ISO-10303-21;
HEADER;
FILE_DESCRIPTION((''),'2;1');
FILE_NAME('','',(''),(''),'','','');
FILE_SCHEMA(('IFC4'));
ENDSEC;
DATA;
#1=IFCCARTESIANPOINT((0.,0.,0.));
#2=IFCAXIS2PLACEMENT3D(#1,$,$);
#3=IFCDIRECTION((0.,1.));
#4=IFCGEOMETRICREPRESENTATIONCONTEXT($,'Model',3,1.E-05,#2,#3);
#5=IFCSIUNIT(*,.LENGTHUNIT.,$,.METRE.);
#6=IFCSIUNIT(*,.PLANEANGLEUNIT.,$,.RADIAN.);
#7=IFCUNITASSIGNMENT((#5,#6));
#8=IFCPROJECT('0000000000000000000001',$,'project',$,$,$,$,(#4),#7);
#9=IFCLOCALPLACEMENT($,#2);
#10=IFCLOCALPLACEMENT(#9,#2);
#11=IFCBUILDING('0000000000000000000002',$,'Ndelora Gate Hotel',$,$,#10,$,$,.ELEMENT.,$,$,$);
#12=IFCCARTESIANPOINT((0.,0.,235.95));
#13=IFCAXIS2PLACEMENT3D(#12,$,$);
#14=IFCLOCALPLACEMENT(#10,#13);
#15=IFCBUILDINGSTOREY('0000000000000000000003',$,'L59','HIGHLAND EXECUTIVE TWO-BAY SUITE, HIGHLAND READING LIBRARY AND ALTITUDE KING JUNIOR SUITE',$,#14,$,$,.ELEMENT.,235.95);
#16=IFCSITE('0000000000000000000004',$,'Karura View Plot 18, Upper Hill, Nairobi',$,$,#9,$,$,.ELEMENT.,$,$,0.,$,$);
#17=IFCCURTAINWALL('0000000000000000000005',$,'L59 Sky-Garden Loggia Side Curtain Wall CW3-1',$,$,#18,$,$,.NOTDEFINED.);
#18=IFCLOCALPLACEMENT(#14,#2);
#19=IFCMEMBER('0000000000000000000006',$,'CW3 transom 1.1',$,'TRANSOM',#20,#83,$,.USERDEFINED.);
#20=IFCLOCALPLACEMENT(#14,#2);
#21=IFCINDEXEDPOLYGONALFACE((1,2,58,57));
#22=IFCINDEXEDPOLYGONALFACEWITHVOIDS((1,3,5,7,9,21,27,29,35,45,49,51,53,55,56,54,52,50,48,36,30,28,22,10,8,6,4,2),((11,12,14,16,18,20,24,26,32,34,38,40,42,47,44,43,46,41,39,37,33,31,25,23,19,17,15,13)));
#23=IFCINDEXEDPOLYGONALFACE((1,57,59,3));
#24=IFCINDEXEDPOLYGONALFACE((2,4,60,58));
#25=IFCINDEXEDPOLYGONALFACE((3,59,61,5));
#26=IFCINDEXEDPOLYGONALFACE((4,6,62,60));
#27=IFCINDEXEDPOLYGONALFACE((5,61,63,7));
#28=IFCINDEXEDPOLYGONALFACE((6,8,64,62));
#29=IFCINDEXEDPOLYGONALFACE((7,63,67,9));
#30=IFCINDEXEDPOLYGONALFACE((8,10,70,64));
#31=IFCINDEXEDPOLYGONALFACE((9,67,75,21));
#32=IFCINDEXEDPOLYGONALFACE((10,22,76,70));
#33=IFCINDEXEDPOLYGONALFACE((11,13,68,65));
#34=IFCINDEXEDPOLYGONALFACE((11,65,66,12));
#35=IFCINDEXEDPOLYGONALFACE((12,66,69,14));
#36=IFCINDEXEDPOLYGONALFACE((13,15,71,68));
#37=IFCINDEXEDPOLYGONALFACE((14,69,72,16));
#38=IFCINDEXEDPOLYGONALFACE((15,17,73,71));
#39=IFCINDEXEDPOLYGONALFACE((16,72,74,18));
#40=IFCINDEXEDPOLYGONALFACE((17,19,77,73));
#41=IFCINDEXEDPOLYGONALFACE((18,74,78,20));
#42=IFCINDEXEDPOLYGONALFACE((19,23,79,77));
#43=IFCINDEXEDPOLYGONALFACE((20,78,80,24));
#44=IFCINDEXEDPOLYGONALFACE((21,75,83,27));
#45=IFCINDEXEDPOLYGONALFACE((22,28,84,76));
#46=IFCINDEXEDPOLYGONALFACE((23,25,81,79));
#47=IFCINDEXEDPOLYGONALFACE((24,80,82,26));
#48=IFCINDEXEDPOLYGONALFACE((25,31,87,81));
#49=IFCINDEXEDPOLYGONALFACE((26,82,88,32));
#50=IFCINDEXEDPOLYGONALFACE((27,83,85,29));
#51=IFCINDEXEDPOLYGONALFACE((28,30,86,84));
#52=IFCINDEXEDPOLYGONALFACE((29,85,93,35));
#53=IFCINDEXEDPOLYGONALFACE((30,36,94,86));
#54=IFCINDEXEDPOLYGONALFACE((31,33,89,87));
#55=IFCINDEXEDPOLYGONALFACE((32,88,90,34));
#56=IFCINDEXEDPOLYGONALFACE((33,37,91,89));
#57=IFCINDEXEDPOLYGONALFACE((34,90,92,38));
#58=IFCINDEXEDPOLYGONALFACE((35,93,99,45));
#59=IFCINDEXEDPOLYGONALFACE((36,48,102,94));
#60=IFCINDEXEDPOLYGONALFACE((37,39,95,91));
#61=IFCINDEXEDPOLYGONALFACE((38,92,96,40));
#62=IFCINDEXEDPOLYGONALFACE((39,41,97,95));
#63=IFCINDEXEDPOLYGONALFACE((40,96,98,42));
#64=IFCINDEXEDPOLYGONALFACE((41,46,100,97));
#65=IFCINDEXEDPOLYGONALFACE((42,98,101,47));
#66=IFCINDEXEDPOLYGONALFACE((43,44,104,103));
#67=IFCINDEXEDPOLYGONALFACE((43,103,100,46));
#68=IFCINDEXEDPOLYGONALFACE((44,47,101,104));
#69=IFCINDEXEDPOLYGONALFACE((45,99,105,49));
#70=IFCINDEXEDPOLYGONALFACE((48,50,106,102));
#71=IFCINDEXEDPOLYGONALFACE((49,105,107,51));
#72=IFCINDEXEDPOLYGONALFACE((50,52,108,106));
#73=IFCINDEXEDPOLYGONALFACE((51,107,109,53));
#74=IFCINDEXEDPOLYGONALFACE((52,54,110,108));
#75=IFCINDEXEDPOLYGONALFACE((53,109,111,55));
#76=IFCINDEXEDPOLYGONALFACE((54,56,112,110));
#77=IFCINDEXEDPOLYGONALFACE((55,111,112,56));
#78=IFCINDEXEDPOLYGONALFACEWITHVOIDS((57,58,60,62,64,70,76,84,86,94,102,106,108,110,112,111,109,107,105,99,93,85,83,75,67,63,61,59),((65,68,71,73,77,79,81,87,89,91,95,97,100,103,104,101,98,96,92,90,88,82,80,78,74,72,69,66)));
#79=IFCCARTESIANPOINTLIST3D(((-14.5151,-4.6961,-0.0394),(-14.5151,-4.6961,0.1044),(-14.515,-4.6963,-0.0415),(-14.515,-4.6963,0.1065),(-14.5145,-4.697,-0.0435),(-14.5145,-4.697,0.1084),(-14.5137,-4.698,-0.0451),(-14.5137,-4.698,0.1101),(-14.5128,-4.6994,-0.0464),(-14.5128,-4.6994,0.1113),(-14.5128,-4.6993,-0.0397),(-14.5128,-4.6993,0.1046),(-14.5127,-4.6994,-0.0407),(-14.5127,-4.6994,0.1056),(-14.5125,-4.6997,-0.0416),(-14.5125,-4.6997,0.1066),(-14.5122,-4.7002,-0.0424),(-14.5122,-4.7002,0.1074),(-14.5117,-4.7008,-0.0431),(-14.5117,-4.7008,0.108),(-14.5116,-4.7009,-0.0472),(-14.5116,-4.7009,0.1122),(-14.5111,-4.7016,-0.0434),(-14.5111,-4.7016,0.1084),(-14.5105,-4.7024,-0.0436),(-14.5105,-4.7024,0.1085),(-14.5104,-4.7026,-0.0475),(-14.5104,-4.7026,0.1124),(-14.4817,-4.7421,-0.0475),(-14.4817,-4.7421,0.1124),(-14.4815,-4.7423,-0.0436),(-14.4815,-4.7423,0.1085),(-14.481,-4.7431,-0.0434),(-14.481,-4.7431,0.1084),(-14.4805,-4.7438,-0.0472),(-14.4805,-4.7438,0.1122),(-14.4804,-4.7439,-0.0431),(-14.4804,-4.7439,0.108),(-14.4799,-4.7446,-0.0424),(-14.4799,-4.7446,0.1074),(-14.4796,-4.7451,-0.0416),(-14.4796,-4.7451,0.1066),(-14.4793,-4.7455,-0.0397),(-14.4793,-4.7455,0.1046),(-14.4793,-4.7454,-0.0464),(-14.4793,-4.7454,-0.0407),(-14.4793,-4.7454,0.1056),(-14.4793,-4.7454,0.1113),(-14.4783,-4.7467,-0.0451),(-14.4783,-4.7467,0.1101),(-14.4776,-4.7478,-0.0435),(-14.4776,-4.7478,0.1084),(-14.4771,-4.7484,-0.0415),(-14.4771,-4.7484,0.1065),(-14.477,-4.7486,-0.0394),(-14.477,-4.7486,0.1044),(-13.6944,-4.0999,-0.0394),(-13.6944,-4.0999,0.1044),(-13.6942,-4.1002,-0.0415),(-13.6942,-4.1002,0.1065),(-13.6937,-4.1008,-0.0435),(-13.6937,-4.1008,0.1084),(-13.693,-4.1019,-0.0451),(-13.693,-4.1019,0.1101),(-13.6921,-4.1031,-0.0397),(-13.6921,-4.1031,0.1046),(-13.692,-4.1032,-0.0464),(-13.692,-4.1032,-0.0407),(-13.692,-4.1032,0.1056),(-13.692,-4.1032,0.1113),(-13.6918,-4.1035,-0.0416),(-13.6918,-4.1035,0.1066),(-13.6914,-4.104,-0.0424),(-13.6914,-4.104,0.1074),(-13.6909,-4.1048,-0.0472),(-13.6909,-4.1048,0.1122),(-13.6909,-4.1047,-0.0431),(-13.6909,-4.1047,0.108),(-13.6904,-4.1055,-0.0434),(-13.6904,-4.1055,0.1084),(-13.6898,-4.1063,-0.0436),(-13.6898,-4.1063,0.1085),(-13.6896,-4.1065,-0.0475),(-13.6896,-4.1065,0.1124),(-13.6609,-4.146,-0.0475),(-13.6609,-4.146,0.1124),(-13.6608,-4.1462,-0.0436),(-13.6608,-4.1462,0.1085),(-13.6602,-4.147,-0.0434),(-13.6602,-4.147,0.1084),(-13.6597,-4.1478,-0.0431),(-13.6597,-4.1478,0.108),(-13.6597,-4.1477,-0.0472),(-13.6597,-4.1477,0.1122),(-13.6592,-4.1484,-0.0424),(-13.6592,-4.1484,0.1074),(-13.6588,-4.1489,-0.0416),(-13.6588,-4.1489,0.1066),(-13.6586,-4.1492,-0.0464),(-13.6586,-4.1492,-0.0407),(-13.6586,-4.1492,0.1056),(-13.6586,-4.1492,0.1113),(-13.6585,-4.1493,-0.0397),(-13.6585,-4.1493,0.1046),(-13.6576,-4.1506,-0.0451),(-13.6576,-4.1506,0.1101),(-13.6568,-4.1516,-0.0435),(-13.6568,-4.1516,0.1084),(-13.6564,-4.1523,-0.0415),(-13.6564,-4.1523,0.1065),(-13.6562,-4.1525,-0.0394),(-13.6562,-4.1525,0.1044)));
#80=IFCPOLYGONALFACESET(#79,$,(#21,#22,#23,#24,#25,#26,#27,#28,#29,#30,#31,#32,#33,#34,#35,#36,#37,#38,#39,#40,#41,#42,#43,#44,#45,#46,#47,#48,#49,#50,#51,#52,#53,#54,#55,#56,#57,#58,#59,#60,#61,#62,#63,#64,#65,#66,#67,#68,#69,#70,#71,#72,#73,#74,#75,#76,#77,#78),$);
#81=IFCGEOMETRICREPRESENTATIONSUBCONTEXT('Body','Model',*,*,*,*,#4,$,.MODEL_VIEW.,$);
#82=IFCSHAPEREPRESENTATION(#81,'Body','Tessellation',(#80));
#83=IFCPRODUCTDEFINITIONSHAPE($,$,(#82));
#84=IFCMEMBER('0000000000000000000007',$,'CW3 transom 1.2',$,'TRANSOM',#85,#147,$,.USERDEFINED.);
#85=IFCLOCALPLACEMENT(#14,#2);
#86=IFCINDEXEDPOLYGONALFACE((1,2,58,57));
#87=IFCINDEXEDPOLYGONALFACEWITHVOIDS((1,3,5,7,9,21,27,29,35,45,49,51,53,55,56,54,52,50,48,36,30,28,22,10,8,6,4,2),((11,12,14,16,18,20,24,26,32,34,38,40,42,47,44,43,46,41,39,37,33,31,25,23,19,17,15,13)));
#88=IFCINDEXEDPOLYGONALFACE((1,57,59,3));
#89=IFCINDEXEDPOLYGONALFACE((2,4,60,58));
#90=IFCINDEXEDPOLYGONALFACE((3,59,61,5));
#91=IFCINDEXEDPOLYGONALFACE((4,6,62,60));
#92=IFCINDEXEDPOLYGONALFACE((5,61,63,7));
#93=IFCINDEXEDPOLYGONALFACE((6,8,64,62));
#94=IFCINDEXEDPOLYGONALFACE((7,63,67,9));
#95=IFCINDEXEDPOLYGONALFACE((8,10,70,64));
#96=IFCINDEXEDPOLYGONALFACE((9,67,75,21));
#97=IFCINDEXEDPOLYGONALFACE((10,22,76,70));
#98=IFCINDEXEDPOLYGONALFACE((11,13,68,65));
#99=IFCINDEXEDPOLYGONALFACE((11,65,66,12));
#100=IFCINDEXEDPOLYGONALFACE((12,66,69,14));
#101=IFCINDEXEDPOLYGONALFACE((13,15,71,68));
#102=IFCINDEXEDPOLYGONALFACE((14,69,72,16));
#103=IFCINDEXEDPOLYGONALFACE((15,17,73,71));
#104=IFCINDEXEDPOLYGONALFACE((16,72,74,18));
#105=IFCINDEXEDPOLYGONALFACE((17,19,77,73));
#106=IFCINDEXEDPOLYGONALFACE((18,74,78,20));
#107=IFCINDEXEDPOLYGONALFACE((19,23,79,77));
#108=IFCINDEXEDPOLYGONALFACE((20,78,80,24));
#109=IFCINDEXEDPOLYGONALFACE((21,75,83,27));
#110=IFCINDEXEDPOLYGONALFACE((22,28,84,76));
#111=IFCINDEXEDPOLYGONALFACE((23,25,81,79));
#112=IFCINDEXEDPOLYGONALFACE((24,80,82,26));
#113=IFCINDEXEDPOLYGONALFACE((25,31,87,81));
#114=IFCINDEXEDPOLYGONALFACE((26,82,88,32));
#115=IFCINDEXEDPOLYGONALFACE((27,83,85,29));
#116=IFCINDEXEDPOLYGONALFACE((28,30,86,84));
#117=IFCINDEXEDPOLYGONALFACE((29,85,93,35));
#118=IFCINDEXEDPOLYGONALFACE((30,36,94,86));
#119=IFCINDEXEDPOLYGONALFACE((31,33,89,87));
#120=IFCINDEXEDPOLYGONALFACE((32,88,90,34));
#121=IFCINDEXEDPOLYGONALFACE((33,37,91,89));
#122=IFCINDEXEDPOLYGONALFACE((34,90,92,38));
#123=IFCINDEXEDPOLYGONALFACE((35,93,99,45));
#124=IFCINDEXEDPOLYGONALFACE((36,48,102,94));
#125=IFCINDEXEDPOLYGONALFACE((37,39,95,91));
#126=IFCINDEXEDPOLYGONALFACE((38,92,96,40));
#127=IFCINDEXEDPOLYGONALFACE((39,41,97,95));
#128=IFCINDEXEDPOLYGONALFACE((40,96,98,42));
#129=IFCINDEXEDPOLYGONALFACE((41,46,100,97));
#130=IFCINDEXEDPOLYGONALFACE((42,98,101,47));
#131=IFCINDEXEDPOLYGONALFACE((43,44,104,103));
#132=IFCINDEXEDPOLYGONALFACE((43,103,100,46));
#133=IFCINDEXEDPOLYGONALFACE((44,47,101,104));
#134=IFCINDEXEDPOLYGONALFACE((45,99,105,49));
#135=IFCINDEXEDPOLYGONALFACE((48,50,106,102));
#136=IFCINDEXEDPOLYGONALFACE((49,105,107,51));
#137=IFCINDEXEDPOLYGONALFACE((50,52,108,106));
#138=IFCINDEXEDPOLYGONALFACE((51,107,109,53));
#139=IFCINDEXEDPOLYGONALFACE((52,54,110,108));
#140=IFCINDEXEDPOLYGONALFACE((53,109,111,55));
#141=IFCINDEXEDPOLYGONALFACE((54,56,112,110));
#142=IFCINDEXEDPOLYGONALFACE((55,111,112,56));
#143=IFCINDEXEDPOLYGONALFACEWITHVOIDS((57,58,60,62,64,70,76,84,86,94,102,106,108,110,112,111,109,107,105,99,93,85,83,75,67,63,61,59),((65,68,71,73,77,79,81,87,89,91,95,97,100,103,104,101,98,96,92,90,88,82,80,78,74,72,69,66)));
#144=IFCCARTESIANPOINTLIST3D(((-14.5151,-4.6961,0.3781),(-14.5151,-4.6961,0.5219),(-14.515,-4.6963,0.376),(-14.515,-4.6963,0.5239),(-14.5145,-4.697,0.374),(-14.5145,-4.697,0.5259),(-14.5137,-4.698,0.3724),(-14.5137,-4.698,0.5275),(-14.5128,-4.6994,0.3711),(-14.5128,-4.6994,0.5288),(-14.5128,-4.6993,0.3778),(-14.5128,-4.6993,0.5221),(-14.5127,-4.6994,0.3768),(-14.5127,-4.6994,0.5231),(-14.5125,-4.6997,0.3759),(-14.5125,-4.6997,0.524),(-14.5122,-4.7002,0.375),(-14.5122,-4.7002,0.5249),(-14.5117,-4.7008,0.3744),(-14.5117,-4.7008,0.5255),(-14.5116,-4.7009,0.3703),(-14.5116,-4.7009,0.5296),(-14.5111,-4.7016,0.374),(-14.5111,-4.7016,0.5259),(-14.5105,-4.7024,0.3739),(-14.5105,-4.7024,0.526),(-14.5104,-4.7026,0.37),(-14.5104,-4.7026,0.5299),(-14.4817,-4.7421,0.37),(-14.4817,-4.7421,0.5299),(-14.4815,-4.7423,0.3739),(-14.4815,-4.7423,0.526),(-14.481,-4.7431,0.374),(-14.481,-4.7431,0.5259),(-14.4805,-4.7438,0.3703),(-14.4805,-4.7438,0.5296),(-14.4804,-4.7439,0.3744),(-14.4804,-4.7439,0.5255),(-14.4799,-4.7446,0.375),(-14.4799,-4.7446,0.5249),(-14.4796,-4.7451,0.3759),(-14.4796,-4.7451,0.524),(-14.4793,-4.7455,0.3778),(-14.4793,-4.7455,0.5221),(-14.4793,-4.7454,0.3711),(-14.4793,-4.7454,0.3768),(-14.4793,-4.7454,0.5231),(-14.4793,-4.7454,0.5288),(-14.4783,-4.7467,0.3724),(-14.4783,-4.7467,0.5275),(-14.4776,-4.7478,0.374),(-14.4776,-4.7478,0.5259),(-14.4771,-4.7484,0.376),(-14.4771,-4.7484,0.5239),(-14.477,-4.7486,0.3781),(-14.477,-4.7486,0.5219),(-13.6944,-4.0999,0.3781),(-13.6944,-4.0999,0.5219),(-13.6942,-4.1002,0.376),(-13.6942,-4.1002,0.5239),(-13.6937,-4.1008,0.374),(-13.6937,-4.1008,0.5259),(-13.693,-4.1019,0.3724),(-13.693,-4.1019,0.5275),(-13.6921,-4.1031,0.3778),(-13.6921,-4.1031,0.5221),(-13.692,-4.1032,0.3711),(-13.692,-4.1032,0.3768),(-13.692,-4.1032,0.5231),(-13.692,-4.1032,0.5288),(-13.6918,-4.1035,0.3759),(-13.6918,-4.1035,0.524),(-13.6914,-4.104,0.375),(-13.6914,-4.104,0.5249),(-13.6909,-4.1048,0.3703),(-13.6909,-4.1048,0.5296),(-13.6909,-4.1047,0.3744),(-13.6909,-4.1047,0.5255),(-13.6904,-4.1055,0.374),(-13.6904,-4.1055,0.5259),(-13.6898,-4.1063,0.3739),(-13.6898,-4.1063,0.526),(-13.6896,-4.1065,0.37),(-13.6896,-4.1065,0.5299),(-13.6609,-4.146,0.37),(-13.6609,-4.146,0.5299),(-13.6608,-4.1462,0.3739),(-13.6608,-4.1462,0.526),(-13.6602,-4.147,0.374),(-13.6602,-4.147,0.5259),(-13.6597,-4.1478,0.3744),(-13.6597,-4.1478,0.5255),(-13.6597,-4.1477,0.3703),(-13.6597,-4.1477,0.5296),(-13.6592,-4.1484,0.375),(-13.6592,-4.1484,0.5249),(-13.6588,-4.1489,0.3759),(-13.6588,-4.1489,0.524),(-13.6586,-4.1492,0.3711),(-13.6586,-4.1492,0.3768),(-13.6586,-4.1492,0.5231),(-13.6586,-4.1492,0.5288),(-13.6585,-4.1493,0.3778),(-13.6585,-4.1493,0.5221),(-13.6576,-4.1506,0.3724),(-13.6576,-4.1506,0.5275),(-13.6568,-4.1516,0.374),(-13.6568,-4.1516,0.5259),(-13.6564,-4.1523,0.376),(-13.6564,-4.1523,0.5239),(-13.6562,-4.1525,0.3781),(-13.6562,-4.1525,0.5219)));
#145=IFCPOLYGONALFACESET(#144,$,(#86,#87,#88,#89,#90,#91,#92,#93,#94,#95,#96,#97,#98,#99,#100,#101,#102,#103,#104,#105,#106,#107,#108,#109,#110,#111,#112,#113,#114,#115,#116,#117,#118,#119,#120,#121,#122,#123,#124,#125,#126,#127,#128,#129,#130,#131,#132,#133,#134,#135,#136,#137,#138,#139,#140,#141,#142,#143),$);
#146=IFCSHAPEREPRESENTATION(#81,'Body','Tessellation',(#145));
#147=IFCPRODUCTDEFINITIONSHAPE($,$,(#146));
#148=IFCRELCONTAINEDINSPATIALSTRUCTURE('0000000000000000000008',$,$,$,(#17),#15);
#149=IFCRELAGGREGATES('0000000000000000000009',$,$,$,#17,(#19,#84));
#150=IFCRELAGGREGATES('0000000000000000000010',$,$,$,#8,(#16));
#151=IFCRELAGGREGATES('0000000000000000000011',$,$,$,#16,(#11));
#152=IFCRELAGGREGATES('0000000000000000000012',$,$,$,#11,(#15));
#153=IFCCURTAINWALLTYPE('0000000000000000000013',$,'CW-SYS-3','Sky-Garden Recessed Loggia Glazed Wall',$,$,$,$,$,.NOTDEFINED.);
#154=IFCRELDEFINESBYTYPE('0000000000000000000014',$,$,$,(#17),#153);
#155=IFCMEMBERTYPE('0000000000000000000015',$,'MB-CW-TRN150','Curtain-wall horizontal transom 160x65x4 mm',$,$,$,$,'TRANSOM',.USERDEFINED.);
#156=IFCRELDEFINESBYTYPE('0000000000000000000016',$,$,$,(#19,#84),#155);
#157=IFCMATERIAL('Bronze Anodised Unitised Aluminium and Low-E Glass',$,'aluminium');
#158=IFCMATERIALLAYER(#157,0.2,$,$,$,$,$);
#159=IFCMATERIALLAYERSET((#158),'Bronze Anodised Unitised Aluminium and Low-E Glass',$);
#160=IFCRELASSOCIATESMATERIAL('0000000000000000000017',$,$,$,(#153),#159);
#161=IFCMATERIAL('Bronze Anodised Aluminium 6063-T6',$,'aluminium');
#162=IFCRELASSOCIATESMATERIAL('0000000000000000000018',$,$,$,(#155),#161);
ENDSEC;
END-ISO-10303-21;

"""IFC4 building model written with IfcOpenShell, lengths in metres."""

from ifc_helpers import new_model, si_unit, direction, frame, origin, origin_2d, place, context, subcontext, project, spatial, hollow_rectangle, extrude, material, layer, layer_set, material_profile, profile_set, type_object, element, aggregate, save


model = new_model("IFC4")

# Units and contexts
model_context = context("Model", 3, precision=1e-05, world=origin(), true_north=direction((0.0, 1.0)))
body_context = subcontext(model_context, "Body", "Model", "MODEL_VIEW")
ifc_project = project(units=[si_unit("LENGTHUNIT", "METRE"), si_unit("PLANEANGLEUNIT", "RADIAN")], contexts=[model_context])

# Site, building, storey
site_placement = place(None, origin())
site = spatial("IfcSite", under=ifc_project, at=site_placement, Name="Karura View Plot 18, Upper Hill, Nairobi", CompositionType="ELEMENT", RefElevation=0.0)
building_placement = place(site_placement, origin())
building = spatial("IfcBuilding", under=site, at=building_placement, Name="Ndelora Gate Hotel", CompositionType="ELEMENT")
storey_placement = place(building_placement, frame((0.0, 0.0, 235.95)))
storey = spatial("IfcBuildingStorey", under=building, at=storey_placement, Name="L59", Description="HIGHLAND EXECUTIVE TWO-BAY SUITE, HIGHLAND READING LIBRARY AND ALTITUDE KING JUNIOR SUITE", CompositionType="ELEMENT", Elevation=235.95)

# Curtain wall, members
ifc_material_1 = material(Name="Bronze Anodised Unitised Aluminium and Low-E Glass", Category="aluminium")
ifc_layer_1 = layer(ifc_material_1, 0.2)
ifc_layer_set_1 = layer_set([ifc_layer_1], Name="Bronze Anodised Unitised Aluminium and Low-E Glass")
curtain_wall_type = type_object("IfcCurtainWallType", Name="CW-SYS-3", Description="Sky-Garden Recessed Loggia Glazed Wall", PredefinedType="NOTDEFINED", material=ifc_layer_set_1)
curtain_wall_placement = place(storey_placement, origin())
curtain_wall = element("IfcCurtainWall", 1, at=curtain_wall_placement, inside=storey, type_object=curtain_wall_type, Name="L59 Sky-Garden Loggia Side Curtain Wall CW3-1", PredefinedType="NOTDEFINED")
ifc_material_2 = material(Name="Bronze Anodised Aluminium 6063-T6", Category="aluminium")
ifc_material_profile_1 = material_profile(ifc_material_2, hollow_rectangle(XDim=0.0649, YDim=0.1599, WallThickness=0.0039, InnerFilletRadius=0.0039, OuterFilletRadius=0.0081, at=origin_2d()), Name="ALU 160x65x4")
ifc_profile_set_1 = profile_set([ifc_material_profile_1], Name="Bronze Anodised Aluminium 6063-T6")
member_type_1 = type_object("IfcMemberType", Name="MB-CW-TRN150", Description="Curtain-wall horizontal transom 160x65x4 mm", ElementType="TRANSOM", PredefinedType="USERDEFINED", material=ifc_profile_set_1)
member_1_placement = place(storey_placement, frame((-13.6753, -4.1262, 0.0325), z_axis=(-0.80909, -0.587685, 0.0), x_axis=(0.587685, -0.80909, 0.0)))
member_1 = element("IfcMember", 2, at=member_1_placement, type_object=member_type_1, Name="CW3 transom 1.1", ObjectType="TRANSOM", PredefinedType="USERDEFINED", context=body_context, shape_type="SweptSolid", body=[
    extrude(hollow_rectangle(XDim=0.0649, YDim=0.1599, WallThickness=0.0039, InnerFilletRadius=0.0039, OuterFilletRadius=0.0081, at=origin_2d()), origin(), (0.0, 0.0, 1.0), 1.0144),
])
member_2_placement = place(storey_placement, frame((-13.6753, -4.1262, 0.45), z_axis=(-0.80909, -0.587685, 0.0), x_axis=(0.587685, -0.80909, 0.0)))
member_2 = element("IfcMember", 3, at=member_2_placement, type_object=member_type_1, Name="CW3 transom 1.2", ObjectType="TRANSOM", PredefinedType="USERDEFINED", context=body_context, shape_type="SweptSolid", body=[
    extrude(hollow_rectangle(XDim=0.0649, YDim=0.1599, WallThickness=0.0039, InnerFilletRadius=0.0039, OuterFilletRadius=0.0081, at=origin_2d()), origin(), (0.0, 0.0, 1.0), 1.0144),
])
aggregate(curtain_wall, [member_1, member_2])

save(model, "model.ifc")
